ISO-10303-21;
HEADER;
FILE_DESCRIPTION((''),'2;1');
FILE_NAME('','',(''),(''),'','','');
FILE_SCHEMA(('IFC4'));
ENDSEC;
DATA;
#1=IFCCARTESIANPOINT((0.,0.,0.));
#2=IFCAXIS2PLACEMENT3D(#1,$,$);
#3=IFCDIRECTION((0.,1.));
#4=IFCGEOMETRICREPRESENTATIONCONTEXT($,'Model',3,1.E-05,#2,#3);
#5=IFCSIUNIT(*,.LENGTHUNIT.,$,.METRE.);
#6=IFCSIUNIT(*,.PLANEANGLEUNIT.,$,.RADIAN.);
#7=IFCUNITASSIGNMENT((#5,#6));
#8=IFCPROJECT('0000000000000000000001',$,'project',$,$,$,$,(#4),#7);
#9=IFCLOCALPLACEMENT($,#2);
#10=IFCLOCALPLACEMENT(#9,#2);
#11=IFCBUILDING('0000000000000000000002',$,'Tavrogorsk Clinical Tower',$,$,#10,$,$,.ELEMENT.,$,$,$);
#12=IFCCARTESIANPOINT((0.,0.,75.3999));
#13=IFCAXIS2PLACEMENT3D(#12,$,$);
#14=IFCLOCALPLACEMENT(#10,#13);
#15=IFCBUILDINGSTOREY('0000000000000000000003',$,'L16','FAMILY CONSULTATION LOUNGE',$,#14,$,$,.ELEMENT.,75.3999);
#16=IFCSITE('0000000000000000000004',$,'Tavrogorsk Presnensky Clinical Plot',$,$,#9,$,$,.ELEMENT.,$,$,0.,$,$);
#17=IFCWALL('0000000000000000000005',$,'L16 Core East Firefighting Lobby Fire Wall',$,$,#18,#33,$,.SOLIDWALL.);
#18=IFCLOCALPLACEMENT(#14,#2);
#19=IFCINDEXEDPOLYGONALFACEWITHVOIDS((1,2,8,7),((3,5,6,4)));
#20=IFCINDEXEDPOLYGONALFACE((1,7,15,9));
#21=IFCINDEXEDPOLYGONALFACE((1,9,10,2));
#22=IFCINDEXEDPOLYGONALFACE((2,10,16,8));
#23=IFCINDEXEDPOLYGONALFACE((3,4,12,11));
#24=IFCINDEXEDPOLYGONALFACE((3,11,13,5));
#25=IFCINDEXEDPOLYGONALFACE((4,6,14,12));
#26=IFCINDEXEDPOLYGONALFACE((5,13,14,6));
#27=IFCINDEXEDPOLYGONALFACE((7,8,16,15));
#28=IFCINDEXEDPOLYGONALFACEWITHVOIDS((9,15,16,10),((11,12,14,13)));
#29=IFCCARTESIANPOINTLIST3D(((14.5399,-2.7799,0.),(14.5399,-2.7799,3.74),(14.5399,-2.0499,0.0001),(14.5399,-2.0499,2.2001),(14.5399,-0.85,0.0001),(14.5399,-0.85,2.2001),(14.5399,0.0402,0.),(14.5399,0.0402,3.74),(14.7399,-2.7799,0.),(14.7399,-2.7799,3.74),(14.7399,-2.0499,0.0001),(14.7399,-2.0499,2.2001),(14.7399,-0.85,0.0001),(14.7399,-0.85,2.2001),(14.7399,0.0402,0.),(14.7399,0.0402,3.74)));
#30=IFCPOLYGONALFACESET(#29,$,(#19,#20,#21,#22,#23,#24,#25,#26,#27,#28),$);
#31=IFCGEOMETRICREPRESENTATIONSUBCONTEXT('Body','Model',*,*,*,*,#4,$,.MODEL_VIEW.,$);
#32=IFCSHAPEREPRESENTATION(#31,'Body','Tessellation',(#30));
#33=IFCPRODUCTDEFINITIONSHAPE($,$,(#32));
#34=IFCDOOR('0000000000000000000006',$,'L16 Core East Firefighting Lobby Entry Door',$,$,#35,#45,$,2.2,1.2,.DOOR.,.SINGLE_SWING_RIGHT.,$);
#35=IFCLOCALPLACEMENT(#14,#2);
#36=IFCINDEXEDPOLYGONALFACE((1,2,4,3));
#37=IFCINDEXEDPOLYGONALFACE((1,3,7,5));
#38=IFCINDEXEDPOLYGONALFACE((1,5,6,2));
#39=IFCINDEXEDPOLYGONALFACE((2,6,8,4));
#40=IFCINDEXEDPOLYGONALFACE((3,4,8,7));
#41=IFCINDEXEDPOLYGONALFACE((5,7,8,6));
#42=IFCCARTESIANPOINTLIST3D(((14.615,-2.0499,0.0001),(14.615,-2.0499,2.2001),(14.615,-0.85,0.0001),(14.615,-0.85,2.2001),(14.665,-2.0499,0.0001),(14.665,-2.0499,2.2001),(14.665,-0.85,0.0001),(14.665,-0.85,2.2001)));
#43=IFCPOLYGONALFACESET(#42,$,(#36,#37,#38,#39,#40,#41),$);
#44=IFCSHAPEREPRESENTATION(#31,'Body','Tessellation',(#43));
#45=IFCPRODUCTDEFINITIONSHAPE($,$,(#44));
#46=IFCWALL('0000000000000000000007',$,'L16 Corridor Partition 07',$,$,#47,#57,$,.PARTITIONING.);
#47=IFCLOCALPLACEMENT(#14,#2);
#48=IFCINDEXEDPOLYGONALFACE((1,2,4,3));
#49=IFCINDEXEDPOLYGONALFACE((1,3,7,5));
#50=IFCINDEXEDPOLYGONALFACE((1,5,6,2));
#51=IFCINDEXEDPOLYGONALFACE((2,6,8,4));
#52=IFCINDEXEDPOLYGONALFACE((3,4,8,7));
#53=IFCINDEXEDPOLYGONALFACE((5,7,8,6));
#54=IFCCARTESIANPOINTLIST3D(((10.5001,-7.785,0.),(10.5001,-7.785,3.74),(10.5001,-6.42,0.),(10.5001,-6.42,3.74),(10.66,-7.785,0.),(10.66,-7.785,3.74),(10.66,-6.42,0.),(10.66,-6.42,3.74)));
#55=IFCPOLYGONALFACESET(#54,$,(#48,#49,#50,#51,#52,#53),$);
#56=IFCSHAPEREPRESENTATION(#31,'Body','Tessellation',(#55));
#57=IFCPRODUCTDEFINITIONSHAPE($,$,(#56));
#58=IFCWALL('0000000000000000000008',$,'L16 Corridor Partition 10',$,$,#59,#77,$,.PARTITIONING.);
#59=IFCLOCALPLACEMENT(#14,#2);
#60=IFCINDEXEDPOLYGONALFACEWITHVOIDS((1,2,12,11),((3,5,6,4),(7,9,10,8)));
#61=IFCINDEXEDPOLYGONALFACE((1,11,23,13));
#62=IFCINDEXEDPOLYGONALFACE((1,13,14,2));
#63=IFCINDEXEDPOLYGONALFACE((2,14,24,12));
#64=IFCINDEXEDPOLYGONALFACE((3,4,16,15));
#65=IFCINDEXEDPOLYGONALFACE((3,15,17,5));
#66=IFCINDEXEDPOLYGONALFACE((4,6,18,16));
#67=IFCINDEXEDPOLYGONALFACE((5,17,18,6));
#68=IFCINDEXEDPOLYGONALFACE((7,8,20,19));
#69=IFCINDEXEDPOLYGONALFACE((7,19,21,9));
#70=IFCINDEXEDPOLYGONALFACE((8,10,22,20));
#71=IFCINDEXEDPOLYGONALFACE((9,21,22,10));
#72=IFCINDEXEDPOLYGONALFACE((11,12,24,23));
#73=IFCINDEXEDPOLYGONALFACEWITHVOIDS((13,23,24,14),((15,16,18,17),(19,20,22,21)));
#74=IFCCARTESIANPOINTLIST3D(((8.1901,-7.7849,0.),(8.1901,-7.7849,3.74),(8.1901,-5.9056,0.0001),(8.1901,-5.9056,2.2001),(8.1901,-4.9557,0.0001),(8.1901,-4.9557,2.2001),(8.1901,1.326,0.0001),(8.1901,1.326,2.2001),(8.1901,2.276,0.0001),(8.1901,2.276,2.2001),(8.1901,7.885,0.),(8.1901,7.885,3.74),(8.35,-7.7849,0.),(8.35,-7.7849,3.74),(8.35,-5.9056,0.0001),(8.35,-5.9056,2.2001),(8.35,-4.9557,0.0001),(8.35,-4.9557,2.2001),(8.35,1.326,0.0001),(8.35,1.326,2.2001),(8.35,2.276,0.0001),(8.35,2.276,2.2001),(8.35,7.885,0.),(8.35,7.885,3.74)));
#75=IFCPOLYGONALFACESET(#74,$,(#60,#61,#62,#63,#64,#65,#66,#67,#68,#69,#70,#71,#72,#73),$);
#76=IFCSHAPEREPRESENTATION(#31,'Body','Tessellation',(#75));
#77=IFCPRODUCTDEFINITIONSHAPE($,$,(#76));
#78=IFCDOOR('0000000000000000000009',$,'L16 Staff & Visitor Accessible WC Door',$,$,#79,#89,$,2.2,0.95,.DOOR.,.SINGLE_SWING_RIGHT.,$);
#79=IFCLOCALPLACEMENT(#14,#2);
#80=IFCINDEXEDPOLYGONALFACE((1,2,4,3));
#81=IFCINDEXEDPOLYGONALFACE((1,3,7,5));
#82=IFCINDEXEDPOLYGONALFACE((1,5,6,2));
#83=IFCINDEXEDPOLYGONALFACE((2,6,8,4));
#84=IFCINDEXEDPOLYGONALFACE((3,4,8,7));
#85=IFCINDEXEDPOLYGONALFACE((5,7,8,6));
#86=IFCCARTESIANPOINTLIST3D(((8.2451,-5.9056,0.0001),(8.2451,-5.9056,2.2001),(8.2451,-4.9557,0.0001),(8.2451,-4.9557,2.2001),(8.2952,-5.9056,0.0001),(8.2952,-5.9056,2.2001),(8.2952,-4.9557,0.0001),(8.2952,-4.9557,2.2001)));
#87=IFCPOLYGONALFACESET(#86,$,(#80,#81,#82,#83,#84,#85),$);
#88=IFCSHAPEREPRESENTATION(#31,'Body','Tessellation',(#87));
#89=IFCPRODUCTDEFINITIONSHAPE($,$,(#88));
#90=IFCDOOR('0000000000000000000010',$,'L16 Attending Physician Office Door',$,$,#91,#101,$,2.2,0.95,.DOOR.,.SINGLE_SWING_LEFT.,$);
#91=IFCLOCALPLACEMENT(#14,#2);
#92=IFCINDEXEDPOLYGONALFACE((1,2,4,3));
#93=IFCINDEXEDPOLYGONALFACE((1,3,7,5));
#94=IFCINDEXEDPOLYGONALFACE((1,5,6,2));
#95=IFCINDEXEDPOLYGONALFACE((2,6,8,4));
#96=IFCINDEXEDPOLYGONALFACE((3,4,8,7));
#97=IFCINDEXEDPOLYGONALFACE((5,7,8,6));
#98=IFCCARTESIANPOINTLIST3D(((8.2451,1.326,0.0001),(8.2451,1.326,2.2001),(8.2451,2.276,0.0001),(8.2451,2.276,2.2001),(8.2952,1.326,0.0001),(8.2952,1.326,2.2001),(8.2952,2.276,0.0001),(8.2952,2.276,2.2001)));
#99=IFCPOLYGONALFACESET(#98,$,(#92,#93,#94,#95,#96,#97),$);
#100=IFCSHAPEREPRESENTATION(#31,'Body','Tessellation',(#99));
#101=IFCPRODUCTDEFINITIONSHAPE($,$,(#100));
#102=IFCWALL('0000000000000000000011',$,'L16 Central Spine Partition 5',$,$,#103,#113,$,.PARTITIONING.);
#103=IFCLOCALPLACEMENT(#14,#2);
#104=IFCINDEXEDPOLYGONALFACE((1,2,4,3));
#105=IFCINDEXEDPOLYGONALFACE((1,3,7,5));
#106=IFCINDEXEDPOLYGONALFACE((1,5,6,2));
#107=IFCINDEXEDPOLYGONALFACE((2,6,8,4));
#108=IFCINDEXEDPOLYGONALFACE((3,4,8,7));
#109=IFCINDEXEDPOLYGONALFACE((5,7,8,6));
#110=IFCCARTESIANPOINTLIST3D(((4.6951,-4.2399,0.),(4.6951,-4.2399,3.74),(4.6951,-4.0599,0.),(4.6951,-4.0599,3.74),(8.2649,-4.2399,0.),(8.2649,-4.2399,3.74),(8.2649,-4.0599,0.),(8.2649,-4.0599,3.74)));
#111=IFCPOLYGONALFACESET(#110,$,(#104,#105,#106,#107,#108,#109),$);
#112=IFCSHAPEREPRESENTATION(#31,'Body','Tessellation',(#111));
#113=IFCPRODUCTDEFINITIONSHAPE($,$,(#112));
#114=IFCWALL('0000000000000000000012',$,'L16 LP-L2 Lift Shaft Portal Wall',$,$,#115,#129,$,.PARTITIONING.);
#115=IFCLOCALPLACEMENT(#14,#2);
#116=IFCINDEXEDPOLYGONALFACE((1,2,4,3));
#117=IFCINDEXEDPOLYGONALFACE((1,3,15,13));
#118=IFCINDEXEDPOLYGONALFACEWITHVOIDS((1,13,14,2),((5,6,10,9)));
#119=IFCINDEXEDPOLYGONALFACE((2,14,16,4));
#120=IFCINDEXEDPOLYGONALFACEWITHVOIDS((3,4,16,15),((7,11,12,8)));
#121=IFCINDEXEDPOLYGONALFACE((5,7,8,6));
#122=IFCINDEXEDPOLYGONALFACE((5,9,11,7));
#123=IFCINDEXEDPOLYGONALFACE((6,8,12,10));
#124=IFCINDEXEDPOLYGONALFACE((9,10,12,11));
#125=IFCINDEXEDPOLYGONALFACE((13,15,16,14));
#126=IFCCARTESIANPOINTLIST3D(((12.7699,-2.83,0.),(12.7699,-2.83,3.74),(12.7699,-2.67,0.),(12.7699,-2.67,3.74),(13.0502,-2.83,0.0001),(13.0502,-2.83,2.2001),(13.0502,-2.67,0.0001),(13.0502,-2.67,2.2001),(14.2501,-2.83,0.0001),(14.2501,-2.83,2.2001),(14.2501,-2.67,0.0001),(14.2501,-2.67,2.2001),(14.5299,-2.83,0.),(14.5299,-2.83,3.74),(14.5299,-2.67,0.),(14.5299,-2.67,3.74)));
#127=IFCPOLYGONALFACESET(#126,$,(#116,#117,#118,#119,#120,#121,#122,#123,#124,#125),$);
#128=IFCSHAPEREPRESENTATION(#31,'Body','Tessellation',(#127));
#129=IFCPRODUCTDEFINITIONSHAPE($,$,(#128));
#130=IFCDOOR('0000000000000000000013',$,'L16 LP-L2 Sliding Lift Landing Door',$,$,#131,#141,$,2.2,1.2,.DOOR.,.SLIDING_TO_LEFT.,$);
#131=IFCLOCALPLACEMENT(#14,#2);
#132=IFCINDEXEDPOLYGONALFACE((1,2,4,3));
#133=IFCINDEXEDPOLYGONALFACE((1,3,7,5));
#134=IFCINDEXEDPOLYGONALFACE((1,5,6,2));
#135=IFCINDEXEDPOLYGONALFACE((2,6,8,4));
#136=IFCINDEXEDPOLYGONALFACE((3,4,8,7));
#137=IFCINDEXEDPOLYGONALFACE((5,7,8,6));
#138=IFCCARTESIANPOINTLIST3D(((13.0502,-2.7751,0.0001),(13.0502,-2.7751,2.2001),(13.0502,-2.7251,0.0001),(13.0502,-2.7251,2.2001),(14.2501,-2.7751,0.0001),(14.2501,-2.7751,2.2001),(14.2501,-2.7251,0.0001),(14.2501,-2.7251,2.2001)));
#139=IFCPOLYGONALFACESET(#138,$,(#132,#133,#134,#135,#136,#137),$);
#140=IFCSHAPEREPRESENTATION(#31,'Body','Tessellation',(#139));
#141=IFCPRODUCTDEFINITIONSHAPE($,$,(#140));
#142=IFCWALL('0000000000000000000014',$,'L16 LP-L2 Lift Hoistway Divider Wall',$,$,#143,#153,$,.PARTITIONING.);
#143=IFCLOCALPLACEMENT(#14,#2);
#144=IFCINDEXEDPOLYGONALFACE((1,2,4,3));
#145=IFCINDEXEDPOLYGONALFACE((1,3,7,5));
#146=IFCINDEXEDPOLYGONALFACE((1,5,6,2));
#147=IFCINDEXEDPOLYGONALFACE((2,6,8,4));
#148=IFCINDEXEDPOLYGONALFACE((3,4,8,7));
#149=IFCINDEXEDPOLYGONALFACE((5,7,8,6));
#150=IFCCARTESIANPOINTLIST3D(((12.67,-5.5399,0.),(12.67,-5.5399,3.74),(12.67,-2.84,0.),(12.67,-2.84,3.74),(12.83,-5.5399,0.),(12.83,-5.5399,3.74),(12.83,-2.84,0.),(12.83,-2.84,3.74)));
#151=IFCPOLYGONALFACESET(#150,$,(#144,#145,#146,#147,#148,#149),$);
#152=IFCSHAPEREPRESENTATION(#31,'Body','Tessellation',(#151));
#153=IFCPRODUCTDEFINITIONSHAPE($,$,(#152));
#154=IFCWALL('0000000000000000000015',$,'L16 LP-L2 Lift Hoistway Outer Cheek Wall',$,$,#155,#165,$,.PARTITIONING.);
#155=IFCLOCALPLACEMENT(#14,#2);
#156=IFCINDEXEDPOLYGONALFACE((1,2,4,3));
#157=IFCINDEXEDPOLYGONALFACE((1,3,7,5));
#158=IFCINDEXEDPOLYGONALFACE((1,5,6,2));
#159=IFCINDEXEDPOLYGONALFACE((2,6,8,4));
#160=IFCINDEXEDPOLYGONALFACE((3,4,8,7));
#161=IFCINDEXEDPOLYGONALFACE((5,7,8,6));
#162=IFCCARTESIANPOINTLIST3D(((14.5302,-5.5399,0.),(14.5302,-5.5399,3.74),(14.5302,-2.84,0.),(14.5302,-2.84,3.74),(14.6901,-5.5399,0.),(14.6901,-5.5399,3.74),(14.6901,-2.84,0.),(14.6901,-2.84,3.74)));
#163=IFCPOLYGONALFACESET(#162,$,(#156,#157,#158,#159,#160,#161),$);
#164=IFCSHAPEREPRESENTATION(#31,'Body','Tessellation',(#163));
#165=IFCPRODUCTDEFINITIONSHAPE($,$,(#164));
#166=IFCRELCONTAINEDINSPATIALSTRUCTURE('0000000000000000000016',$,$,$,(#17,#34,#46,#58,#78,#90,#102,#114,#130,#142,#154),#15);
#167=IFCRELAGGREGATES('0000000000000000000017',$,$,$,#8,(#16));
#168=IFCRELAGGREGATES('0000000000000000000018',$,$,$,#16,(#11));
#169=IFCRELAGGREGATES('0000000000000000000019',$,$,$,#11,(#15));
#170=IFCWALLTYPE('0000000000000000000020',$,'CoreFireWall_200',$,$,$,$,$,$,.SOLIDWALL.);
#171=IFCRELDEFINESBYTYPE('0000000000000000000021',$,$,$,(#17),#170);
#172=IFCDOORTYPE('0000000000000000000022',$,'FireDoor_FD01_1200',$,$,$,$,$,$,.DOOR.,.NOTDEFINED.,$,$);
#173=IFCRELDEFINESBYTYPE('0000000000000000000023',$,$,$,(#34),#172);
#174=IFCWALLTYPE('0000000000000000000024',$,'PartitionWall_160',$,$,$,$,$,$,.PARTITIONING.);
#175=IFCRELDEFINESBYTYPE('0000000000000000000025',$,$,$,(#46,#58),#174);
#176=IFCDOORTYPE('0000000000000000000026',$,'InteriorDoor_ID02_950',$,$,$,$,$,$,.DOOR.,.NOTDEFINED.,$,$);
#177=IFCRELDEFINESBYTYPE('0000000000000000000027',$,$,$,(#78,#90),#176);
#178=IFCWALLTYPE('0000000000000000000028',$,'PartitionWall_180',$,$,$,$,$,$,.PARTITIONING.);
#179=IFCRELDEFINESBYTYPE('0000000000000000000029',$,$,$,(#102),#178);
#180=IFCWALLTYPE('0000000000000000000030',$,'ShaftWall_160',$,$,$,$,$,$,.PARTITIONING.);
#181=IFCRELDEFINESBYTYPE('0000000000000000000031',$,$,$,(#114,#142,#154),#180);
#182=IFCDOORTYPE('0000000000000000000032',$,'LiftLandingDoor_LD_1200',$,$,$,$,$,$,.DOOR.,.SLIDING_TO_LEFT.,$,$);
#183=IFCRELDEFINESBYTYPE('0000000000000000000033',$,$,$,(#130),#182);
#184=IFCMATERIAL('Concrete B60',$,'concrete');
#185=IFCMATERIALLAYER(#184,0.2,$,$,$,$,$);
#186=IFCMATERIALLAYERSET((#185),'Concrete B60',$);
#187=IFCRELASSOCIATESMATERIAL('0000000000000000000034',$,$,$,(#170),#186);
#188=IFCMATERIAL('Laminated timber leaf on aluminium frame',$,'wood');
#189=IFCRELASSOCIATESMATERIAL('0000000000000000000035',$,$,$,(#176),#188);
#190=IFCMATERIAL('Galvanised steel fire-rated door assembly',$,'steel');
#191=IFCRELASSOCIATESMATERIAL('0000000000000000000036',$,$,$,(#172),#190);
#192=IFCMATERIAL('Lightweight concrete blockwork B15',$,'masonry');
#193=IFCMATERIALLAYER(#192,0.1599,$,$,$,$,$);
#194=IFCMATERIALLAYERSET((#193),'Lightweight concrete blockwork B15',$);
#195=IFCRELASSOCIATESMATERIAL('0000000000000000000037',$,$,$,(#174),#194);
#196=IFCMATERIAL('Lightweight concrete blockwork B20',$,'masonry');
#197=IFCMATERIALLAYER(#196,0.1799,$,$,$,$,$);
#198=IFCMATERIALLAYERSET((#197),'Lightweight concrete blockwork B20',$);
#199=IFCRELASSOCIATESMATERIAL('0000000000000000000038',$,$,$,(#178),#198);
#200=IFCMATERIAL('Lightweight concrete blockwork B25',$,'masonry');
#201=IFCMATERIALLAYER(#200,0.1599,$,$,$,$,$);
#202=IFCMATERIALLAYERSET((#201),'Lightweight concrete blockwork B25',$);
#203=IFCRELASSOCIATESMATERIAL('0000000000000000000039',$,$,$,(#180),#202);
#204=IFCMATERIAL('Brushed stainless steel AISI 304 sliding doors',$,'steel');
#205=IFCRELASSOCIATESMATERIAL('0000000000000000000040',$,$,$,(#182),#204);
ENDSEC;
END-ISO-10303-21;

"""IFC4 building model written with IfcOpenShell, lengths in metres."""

from ifc_helpers import new_model, si_unit, direction, frame, frame_2d, origin, place, context, subcontext, project, spatial, rectangle, extrude, material, layer, layer_set, type_object, element, fill, save


model = new_model("IFC4")

# Units and contexts
model_context = context("Model", 3, precision=1e-05, world=origin(), true_north=direction((0.0, 1.0)))
body_context = subcontext(model_context, "Body", "Model", "MODEL_VIEW")
ifc_project = project(units=[si_unit("LENGTHUNIT", "METRE"), si_unit("PLANEANGLEUNIT", "RADIAN")], contexts=[model_context])

# Site, building, storey
site_placement = place(None, origin())
site = spatial("IfcSite", under=ifc_project, at=site_placement, Name="Tavrogorsk Presnensky Clinical Plot", CompositionType="ELEMENT", RefElevation=0.0)
building_placement = place(site_placement, origin())
building = spatial("IfcBuilding", under=site, at=building_placement, Name="Tavrogorsk Clinical Tower", CompositionType="ELEMENT")
storey_placement = place(building_placement, frame((0.0, 0.0, 75.3999)))
storey = spatial("IfcBuildingStorey", under=building, at=storey_placement, Name="L16", Description="FAMILY CONSULTATION LOUNGE", CompositionType="ELEMENT", Elevation=75.3999)

# Wall, opening, door
ifc_material_1 = material(Name="Concrete B60", Category="concrete")
ifc_layer_1 = layer(ifc_material_1, 0.2)
ifc_layer_set_1 = layer_set([ifc_layer_1], Name="Concrete B60")
wall_type_1 = type_object("IfcWallType", Name="CoreFireWall_200", PredefinedType="SOLIDWALL", material=ifc_layer_set_1)
ifc_material_2 = material(Name="Laminated timber leaf on aluminium frame", Category="wood")
door_type_1 = type_object("IfcDoorType", Name="InteriorDoor_ID02_950", OperationType="NOTDEFINED", PredefinedType="DOOR", material=ifc_material_2)
wall_1_placement = place(storey_placement, frame((14.6399, -2.78, 0.0), z_axis=(0.0, 0.0, 1.0), x_axis=(0.0, 1.0, 0.0)))
wall_1 = element("IfcWall", 1, at=wall_1_placement, inside=storey, type_object=wall_type_1, Name="L16 Core East Firefighting Lobby Fire Wall", PredefinedType="SOLIDWALL", context=body_context, shape_type="SweptSolid", body=[
    extrude(rectangle(XDim=2.8201, YDim=0.2, at=frame_2d((1.4102, 0.0))), origin(), (0.0, 0.0, 1.0), 3.74),
])
opening_1_placement = place(wall_1_placement, frame((0.73, 0.0, 0.0)))
opening_1 = element("IfcOpeningElement", 2, at=opening_1_placement, cuts=wall_1, PredefinedType="OPENING", context=body_context, shape_type="SweptSolid", body=[
    extrude(rectangle(XDim=1.2, YDim=2.2, at=frame_2d((0.6001, 1.1001))), frame((0.0, 0.1099, 0.0), z_axis=(0.0, -1.0, 0.0), x_axis=(1.0, 0.0, 0.0)), (0.0, 0.0, 1.0), 0.22),
])
ifc_material_3 = material(Name="Galvanised steel fire-rated door assembly", Category="steel")
door_type_2 = type_object("IfcDoorType", Name="FireDoor_FD01_1200", OperationType="NOTDEFINED", PredefinedType="DOOR", material=ifc_material_3)
door_1_placement = place(opening_1_placement, origin())
door_1 = element("IfcDoor", 3, at=door_1_placement, inside=storey, type_object=door_type_2, Name="L16 Core East Firefighting Lobby Entry Door", OperationType="SINGLE_SWING_RIGHT", OverallHeight=2.2, OverallWidth=1.2, PredefinedType="DOOR", context=body_context, shape_type="SweptSolid", body=[
    extrude(rectangle(XDim=1.2, YDim=2.2, at=frame_2d((0.6001, 1.1001))), frame((0.0, 0.0249, 0.0), z_axis=(0.0, -1.0, 0.0), x_axis=(1.0, 0.0, 0.0)), (0.0, 0.0, 1.0), 0.05),
])
fill(opening_1, door_1)

# Wall
ifc_material_4 = material(Name="Lightweight concrete blockwork B15", Category="masonry")
ifc_layer_2 = layer(ifc_material_4, 0.1599)
ifc_layer_set_2 = layer_set([ifc_layer_2], Name="Lightweight concrete blockwork B15")
wall_type_2 = type_object("IfcWallType", Name="PartitionWall_160", PredefinedType="PARTITIONING", material=ifc_layer_set_2)
wall_2_placement = place(storey_placement, frame((10.5801, -6.4199, 0.0), z_axis=(0.0, 0.0, 1.0), x_axis=(0.0, -1.0, 0.0)))
element("IfcWall", 4, at=wall_2_placement, inside=storey, type_object=wall_type_2, Name="L16 Corridor Partition 07", PredefinedType="PARTITIONING", context=body_context, shape_type="SweptSolid", body=[
    extrude(rectangle(XDim=1.365, YDim=0.1599, at=frame_2d((0.6826, 0.0))), origin(), (0.0, 0.0, 1.0), 3.74),
])

# Wall, openings, doors
wall_3_placement = place(storey_placement, frame((8.27, -7.7849, 0.0), z_axis=(0.0, 0.0, 1.0), x_axis=(0.0, 1.0, 0.0)))
wall_3 = element("IfcWall", 5, at=wall_3_placement, inside=storey, type_object=wall_type_2, Name="L16 Corridor Partition 10", PredefinedType="PARTITIONING", context=body_context, shape_type="SweptSolid", body=[
    extrude(rectangle(XDim=15.6699, YDim=0.1599, at=frame_2d((7.835, 0.0))), origin(), (0.0, 0.0, 1.0), 3.74),
])
opening_2_placement = place(wall_3_placement, frame((1.8792, 0.0, 0.0)))
opening_2 = element("IfcOpeningElement", 6, at=opening_2_placement, cuts=wall_3, PredefinedType="OPENING", context=body_context, shape_type="SweptSolid", body=[
    extrude(rectangle(XDim=0.95, YDim=2.2, at=frame_2d((0.4751, 1.1001))), frame((0.0, 0.0898, 0.0), z_axis=(0.0, -1.0, 0.0), x_axis=(1.0, 0.0, 0.0)), (0.0, 0.0, 1.0), 0.1799),
])
opening_3_placement = place(wall_3_placement, frame((9.1108, 0.0, 0.0)))
opening_3 = element("IfcOpeningElement", 7, at=opening_3_placement, cuts=wall_3, PredefinedType="OPENING", context=body_context, shape_type="SweptSolid", body=[
    extrude(rectangle(XDim=0.95, YDim=2.2, at=frame_2d((0.4751, 1.1001))), frame((0.0, 0.0898, 0.0), z_axis=(0.0, -1.0, 0.0), x_axis=(1.0, 0.0, 0.0)), (0.0, 0.0, 1.0), 0.1799),
])
door_2_placement = place(opening_2_placement, origin())
door_2 = element("IfcDoor", 8, at=door_2_placement, inside=storey, type_object=door_type_1, Name="L16 Staff & Visitor Accessible WC Door", OperationType="SINGLE_SWING_RIGHT", OverallHeight=2.2, OverallWidth=0.95, PredefinedType="DOOR", context=body_context, shape_type="SweptSolid", body=[
    extrude(rectangle(XDim=0.95, YDim=2.2, at=frame_2d((0.4751, 1.1001))), frame((0.0, 0.0249, 0.0), z_axis=(0.0, -1.0, 0.0), x_axis=(1.0, 0.0, 0.0)), (0.0, 0.0, 1.0), 0.05),
])
fill(opening_2, door_2)
door_3_placement = place(opening_3_placement, origin())
door_3 = element("IfcDoor", 9, at=door_3_placement, inside=storey, type_object=door_type_1, Name="L16 Attending Physician Office Door", OperationType="SINGLE_SWING_LEFT", OverallHeight=2.2, OverallWidth=0.95, PredefinedType="DOOR", context=body_context, shape_type="SweptSolid", body=[
    extrude(rectangle(XDim=0.95, YDim=2.2, at=frame_2d((0.4751, 1.1001))), frame((0.0, 0.0249, 0.0), z_axis=(0.0, -1.0, 0.0), x_axis=(1.0, 0.0, 0.0)), (0.0, 0.0, 1.0), 0.05),
])
fill(opening_3, door_3)

# Wall
ifc_material_5 = material(Name="Lightweight concrete blockwork B20", Category="masonry")
ifc_layer_3 = layer(ifc_material_5, 0.1799)
ifc_layer_set_3 = layer_set([ifc_layer_3], Name="Lightweight concrete blockwork B20")
wall_type_3 = type_object("IfcWallType", Name="PartitionWall_180", PredefinedType="PARTITIONING", material=ifc_layer_set_3)
wall_4_placement = place(storey_placement, frame((4.6951, -4.1499, 0.0), z_axis=(0.0, 0.0, 1.0), x_axis=(1.0, 0.0, 0.0)))
element("IfcWall", 10, at=wall_4_placement, inside=storey, type_object=wall_type_3, Name="L16 Central Spine Partition 5", PredefinedType="PARTITIONING", context=body_context, shape_type="SweptSolid", body=[
    extrude(rectangle(XDim=3.5698, YDim=0.1799, at=frame_2d((1.7849, 0.0))), origin(), (0.0, 0.0, 1.0), 3.74),
])

# Wall, opening, door
ifc_material_6 = material(Name="Lightweight concrete blockwork B25", Category="masonry")
ifc_layer_4 = layer(ifc_material_6, 0.1599)
ifc_layer_set_4 = layer_set([ifc_layer_4], Name="Lightweight concrete blockwork B25")
wall_type_4 = type_object("IfcWallType", Name="ShaftWall_160", PredefinedType="PARTITIONING", material=ifc_layer_set_4)
wall_5_placement = place(storey_placement, frame((12.77, -2.75, 0.0), z_axis=(0.0, 0.0, 1.0), x_axis=(1.0, 0.0, 0.0)))
wall_5 = element("IfcWall", 11, at=wall_5_placement, inside=storey, type_object=wall_type_4, Name="L16 LP-L2 Lift Shaft Portal Wall", PredefinedType="PARTITIONING", context=body_context, shape_type="SweptSolid", body=[
    extrude(rectangle(XDim=1.76, YDim=0.1599, at=frame_2d((0.8799, 0.0))), origin(), (0.0, 0.0, 1.0), 3.74),
])
opening_4_placement = place(wall_5_placement, frame((0.28, 0.0, 0.0)))
opening_4 = element("IfcOpeningElement", 12, at=opening_4_placement, cuts=wall_5, PredefinedType="OPENING", context=body_context, shape_type="SweptSolid", body=[
    extrude(rectangle(XDim=1.2, YDim=2.2, at=frame_2d((0.6001, 1.1001))), frame((0.0, 0.0898, 0.0), z_axis=(0.0, -1.0, 0.0), x_axis=(1.0, 0.0, 0.0)), (0.0, 0.0, 1.0), 0.1799),
])
ifc_material_7 = material(Name="Brushed stainless steel AISI 304 sliding doors", Category="steel")
door_type_3 = type_object("IfcDoorType", Name="LiftLandingDoor_LD_1200", OperationType="SLIDING_TO_LEFT", PredefinedType="DOOR", material=ifc_material_7)
door_4_placement = place(opening_4_placement, origin())
door_4 = element("IfcDoor", 13, at=door_4_placement, inside=storey, type_object=door_type_3, Name="L16 LP-L2 Sliding Lift Landing Door", OperationType="SLIDING_TO_LEFT", OverallHeight=2.2, OverallWidth=1.2, PredefinedType="DOOR", context=body_context, shape_type="SweptSolid", body=[
    extrude(rectangle(XDim=1.2, YDim=2.2, at=frame_2d((0.6001, 1.1001))), frame((0.0, 0.0249, 0.0), z_axis=(0.0, -1.0, 0.0), x_axis=(1.0, 0.0, 0.0)), (0.0, 0.0, 1.0), 0.05),
])
fill(opening_4, door_4)

# Walls
for number, where, z_axis, x_axis, name in (
    (14, (12.75, -5.54, 0.0), (0.0, 0.0, 1.0), (0.0, 1.0, 0.0), "L16 LP-L2 Lift Hoistway Divider Wall"),
    (15, (14.6101, -5.54, 0.0), (0.0, 0.0, 1.0), (0.0, 1.0, 0.0), "L16 LP-L2 Lift Hoistway Outer Cheek Wall"),
):
    element("IfcWall", number, at=place(storey_placement, frame(where, z_axis=z_axis, x_axis=x_axis)), inside=storey, type_object=wall_type_4, Name=name, PredefinedType="PARTITIONING", context=body_context, shape_type="SweptSolid", body=[
        extrude(rectangle(XDim=2.7, YDim=0.1599, at=frame_2d((1.3501, 0.0))), origin(), (0.0, 0.0, 1.0), 3.74),
    ])

save(model, "model.ifc")
